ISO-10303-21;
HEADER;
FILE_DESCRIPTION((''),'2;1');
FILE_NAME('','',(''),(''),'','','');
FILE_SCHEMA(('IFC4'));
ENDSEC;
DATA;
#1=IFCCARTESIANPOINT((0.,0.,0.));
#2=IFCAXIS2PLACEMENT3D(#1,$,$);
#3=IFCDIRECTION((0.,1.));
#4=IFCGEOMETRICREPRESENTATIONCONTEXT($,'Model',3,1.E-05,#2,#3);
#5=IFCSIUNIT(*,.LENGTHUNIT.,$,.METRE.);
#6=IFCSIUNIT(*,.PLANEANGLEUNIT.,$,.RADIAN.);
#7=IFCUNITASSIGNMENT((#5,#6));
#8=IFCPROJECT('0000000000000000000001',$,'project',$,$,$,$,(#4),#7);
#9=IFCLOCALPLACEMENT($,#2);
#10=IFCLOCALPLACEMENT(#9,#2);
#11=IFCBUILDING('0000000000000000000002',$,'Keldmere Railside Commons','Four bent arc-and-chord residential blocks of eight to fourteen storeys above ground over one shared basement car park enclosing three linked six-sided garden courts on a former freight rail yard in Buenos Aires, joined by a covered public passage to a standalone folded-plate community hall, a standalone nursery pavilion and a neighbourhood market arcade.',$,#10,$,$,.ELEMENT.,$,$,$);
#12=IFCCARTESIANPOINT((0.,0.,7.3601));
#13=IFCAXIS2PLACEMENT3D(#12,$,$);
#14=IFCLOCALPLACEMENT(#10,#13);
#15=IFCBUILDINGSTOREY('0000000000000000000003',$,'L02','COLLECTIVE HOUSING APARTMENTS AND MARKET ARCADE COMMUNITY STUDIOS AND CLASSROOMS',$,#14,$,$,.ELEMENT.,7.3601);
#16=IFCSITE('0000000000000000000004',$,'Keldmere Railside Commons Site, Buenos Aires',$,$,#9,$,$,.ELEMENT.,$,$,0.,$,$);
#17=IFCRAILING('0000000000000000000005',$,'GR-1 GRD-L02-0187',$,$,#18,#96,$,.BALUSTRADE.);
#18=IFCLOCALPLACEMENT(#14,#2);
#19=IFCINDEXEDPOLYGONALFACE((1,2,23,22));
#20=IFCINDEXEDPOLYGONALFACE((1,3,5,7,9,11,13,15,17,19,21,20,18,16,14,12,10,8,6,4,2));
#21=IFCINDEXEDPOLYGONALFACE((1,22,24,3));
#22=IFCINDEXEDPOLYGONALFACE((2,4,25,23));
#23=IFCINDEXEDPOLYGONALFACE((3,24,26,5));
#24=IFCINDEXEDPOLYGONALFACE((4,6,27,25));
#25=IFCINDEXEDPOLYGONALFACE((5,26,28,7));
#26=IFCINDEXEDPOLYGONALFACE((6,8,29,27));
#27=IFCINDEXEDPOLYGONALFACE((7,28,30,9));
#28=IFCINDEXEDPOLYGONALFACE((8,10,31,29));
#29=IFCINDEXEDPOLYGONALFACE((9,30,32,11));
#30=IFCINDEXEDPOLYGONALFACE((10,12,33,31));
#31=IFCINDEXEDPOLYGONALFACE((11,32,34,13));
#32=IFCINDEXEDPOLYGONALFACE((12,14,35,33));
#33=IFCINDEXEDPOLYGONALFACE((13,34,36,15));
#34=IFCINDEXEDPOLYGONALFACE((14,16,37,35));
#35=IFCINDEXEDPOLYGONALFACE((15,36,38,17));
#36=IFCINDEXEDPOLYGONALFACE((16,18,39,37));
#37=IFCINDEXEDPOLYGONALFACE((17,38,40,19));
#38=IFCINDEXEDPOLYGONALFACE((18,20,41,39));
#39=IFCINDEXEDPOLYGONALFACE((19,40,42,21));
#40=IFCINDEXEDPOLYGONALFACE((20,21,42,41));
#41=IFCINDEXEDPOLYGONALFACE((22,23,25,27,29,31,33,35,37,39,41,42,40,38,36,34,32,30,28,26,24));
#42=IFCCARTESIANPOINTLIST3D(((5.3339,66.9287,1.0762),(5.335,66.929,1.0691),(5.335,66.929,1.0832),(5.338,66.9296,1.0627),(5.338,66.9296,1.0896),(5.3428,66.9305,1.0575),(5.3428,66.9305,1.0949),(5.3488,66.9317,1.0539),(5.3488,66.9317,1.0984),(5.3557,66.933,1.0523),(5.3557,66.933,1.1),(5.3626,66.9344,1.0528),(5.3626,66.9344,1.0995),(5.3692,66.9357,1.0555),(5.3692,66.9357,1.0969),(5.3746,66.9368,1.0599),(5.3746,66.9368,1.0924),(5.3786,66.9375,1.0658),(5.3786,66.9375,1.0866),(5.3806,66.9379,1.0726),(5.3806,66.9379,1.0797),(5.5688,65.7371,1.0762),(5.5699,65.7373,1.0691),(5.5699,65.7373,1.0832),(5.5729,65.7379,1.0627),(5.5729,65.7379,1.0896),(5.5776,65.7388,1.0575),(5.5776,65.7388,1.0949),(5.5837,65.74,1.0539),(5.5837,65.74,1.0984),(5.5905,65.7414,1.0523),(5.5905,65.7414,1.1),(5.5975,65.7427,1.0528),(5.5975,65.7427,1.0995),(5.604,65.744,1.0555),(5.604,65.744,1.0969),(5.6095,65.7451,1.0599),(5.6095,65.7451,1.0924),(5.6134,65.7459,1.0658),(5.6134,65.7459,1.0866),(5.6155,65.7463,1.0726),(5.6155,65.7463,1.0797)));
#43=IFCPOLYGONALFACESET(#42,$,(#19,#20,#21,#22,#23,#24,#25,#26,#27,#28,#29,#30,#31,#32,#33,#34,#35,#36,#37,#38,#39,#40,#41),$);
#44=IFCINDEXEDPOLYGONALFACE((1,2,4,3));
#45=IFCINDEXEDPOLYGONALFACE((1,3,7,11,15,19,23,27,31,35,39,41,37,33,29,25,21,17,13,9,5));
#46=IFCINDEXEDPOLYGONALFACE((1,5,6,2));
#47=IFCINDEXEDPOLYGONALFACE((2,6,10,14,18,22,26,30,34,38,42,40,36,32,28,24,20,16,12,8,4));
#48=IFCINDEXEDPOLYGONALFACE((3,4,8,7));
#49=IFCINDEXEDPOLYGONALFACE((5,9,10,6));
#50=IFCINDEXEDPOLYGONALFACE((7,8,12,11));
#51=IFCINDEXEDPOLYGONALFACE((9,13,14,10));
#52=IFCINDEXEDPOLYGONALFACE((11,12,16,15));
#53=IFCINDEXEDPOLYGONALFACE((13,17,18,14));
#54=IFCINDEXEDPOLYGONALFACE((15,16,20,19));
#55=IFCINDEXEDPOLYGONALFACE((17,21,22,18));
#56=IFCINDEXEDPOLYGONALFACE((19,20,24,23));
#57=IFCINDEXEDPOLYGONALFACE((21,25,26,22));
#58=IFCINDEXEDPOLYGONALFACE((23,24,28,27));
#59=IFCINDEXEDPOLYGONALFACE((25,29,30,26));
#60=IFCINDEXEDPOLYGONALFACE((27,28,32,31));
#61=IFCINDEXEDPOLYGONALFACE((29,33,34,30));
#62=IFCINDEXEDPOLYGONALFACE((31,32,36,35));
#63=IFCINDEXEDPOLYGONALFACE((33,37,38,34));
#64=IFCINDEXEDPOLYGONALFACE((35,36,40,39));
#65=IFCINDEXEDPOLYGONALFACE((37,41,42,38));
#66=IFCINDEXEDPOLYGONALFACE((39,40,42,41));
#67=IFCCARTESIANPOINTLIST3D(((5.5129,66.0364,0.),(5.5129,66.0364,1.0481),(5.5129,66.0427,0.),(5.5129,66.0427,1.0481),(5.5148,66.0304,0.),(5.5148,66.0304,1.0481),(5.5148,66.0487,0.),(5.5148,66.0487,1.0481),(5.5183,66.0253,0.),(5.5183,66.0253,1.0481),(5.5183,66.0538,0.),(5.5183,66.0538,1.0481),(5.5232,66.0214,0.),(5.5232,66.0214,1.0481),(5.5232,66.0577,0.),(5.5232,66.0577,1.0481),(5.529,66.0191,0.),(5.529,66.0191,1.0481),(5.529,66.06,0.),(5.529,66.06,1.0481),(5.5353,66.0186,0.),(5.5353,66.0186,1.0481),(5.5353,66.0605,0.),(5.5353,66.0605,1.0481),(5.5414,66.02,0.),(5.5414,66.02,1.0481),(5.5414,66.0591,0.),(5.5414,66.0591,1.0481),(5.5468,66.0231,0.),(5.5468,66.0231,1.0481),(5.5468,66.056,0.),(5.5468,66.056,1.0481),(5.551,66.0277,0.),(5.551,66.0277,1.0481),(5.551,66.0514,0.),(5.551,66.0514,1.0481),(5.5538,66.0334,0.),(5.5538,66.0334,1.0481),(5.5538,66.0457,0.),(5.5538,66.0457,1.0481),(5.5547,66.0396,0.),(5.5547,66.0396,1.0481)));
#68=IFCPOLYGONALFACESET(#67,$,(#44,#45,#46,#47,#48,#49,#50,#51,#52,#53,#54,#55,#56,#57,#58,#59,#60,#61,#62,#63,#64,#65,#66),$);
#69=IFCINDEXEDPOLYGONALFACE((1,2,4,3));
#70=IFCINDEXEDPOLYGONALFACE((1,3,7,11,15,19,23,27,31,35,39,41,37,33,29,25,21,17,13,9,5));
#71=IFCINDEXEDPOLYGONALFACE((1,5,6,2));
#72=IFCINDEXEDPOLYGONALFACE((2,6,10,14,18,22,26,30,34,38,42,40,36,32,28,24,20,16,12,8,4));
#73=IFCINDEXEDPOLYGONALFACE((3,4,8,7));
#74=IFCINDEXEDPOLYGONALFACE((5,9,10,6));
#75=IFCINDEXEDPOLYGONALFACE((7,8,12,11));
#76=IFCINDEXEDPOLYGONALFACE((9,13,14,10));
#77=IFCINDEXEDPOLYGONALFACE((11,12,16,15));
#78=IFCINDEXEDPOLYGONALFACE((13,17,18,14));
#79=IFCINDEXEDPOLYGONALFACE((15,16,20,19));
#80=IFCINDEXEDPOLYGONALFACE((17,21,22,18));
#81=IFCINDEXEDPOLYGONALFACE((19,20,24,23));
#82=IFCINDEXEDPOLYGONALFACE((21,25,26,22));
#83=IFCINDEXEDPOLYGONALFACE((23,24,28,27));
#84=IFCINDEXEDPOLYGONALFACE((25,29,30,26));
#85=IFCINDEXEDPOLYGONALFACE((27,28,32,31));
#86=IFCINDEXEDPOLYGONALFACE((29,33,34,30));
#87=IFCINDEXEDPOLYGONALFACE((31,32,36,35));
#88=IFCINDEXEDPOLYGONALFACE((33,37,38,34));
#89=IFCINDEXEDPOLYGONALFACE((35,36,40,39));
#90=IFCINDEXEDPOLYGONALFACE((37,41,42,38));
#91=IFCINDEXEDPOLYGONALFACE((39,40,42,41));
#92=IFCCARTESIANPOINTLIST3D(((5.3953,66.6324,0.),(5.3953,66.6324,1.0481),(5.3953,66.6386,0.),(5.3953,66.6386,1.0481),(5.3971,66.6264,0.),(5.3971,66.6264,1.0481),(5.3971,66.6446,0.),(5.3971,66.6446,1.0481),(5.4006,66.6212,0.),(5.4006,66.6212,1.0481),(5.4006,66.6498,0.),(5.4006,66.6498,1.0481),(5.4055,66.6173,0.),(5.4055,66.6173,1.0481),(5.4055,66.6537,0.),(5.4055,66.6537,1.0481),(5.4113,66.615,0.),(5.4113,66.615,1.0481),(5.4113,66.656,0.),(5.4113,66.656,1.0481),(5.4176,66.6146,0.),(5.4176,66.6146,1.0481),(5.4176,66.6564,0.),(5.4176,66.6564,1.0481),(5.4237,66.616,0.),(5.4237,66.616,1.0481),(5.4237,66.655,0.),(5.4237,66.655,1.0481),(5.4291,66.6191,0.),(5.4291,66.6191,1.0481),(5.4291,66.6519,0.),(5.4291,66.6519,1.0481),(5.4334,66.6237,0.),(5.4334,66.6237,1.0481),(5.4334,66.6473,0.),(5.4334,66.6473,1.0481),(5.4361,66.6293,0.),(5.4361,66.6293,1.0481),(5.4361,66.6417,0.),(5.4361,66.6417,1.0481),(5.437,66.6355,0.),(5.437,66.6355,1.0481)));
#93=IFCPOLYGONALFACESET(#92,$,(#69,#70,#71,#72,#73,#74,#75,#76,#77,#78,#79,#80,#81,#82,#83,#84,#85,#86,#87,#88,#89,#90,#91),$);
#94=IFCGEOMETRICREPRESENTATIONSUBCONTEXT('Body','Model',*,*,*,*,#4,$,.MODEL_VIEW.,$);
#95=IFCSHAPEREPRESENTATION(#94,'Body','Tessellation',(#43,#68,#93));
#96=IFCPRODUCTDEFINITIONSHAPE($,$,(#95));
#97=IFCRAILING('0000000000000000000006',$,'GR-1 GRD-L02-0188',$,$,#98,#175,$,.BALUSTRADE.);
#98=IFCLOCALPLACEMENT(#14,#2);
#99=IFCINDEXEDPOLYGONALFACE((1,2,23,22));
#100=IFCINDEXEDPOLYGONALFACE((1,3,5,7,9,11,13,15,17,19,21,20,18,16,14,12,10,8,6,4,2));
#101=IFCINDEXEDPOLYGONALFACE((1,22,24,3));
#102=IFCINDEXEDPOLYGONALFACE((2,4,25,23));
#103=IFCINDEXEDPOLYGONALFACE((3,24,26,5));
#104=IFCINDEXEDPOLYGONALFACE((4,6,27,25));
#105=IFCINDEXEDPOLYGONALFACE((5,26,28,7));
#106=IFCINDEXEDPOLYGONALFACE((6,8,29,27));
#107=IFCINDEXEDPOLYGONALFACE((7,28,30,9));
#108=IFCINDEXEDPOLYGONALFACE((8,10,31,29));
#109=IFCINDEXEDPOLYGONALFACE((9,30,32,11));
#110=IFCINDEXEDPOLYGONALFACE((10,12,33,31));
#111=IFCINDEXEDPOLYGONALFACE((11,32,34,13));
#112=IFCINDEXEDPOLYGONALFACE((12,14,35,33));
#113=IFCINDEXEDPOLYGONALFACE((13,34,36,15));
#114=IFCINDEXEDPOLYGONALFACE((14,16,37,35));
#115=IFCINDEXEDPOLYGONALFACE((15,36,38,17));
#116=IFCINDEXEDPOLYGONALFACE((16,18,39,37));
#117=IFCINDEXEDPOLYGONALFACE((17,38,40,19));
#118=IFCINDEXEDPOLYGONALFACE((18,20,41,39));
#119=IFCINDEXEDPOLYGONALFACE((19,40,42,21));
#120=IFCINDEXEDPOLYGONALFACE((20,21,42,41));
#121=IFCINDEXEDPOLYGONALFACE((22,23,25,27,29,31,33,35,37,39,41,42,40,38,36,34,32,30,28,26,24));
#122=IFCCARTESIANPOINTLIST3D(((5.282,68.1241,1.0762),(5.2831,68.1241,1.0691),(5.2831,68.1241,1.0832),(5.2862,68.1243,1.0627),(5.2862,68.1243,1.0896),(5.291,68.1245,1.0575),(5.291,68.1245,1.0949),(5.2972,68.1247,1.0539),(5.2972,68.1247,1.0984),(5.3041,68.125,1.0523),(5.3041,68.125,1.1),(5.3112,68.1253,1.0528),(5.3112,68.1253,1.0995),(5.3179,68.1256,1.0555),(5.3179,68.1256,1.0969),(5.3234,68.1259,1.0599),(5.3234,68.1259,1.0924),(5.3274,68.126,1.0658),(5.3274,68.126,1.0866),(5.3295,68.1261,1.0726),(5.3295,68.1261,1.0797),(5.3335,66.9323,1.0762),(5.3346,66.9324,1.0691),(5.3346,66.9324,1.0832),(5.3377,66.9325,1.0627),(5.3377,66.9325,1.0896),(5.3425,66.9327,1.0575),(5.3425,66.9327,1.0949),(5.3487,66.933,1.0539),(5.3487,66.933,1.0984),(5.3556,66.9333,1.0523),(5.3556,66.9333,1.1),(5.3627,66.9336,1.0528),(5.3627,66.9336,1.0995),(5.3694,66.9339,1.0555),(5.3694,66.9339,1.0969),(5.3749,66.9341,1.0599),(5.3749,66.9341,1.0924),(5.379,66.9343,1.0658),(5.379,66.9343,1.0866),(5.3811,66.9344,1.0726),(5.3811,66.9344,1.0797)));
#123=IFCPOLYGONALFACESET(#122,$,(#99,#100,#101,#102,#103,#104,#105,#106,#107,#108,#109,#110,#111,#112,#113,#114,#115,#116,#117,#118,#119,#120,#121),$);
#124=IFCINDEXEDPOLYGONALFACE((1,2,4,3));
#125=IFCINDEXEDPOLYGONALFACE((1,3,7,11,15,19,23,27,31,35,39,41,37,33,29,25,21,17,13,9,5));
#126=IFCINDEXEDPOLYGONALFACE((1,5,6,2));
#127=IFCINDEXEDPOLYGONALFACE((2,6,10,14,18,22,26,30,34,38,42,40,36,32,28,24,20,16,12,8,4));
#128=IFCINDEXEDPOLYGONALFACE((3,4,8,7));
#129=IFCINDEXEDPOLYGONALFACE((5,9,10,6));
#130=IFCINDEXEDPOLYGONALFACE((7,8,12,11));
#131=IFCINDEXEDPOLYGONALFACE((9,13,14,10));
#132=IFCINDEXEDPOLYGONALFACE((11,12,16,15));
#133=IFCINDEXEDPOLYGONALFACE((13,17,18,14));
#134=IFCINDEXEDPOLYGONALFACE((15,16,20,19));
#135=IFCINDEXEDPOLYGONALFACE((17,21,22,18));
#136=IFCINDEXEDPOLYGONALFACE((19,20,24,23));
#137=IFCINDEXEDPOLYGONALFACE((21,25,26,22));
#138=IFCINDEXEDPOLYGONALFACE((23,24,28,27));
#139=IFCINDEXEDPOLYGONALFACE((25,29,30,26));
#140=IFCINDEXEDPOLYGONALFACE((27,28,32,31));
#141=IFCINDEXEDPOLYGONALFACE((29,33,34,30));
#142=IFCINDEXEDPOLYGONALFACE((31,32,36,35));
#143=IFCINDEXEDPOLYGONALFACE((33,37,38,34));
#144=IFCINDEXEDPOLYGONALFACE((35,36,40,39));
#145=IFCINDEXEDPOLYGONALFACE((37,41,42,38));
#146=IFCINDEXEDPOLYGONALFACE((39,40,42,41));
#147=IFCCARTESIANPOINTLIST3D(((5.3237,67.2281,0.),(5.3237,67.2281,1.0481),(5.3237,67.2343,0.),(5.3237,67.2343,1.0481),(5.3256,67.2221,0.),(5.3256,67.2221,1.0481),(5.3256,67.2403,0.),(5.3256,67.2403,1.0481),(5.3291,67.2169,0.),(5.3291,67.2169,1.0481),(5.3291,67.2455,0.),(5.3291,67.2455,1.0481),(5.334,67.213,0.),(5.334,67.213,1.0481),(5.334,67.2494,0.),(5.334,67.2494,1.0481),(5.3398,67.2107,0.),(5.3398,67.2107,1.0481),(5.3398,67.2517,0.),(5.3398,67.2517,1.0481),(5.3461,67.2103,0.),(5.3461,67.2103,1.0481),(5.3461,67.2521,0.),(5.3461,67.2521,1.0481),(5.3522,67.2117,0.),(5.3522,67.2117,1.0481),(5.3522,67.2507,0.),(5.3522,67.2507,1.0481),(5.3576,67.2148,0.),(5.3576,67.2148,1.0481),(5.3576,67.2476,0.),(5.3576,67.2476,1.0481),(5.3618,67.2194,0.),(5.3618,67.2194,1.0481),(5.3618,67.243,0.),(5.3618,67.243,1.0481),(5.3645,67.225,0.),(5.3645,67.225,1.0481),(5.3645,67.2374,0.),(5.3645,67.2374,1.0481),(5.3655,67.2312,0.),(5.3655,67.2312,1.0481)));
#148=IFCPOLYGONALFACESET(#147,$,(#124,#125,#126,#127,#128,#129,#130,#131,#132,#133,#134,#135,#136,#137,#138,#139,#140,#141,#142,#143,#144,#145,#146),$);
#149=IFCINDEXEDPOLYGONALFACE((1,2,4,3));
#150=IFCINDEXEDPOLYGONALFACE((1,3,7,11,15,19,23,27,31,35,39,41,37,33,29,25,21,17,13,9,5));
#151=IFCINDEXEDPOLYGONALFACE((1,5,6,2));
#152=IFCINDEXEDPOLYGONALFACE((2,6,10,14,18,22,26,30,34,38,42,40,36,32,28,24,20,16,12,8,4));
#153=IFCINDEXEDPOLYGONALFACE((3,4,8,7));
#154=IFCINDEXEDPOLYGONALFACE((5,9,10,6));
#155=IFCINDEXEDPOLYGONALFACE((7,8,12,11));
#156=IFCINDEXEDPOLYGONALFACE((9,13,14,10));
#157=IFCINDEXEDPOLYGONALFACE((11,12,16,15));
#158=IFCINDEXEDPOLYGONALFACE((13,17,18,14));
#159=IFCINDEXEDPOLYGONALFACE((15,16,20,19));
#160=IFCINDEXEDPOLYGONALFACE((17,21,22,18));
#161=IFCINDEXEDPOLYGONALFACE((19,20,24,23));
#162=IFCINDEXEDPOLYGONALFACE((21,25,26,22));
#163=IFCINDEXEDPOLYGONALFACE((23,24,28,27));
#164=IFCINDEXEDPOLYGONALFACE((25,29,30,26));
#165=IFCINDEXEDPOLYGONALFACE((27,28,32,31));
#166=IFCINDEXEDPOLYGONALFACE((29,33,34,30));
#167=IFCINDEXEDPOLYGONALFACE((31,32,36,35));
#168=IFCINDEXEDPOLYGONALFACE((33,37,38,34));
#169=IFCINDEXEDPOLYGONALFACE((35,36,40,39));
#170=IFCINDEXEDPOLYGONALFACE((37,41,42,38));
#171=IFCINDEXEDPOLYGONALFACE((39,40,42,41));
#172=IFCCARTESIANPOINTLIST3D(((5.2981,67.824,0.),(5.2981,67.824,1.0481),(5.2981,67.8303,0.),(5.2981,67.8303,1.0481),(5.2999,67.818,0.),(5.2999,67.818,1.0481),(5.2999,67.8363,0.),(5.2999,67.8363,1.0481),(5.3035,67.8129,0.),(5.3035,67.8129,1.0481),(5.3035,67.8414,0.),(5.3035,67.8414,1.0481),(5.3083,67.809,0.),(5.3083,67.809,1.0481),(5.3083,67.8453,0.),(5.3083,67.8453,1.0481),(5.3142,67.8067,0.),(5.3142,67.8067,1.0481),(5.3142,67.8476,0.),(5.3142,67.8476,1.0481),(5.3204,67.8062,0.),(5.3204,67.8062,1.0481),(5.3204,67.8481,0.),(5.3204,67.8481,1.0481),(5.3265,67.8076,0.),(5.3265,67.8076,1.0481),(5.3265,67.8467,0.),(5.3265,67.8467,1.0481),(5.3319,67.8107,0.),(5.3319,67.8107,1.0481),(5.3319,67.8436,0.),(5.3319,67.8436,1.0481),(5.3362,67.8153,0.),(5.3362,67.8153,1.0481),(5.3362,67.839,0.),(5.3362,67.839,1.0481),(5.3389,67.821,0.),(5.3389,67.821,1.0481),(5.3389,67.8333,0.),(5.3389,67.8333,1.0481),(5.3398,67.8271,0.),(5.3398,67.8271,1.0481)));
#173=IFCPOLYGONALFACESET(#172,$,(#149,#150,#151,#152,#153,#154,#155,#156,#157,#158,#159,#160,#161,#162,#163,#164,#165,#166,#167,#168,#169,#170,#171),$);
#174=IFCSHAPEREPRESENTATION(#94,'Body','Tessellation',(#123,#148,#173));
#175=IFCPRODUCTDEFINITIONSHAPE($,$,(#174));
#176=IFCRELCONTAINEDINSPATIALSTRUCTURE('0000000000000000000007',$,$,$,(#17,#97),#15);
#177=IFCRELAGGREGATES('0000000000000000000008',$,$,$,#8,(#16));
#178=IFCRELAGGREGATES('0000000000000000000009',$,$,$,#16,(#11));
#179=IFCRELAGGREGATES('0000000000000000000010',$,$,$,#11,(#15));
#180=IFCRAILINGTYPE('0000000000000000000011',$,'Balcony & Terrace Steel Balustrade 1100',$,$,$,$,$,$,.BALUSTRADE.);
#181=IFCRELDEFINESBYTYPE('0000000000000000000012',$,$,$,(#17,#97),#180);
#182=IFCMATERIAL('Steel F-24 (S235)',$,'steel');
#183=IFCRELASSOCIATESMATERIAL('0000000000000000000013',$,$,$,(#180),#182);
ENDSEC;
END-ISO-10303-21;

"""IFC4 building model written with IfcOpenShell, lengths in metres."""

from ifc_helpers import new_model, si_unit, direction, frame, origin, origin_2d, place, context, subcontext, project, spatial, circle, extrude, material, type_object, element, save


model = new_model("IFC4")

# Units and contexts
model_context = context("Model", 3, precision=1e-05, world=origin(), true_north=direction((0.0, 1.0)))
body_context = subcontext(model_context, "Body", "Model", "MODEL_VIEW")
ifc_project = project(units=[si_unit("LENGTHUNIT", "METRE"), si_unit("PLANEANGLEUNIT", "RADIAN")], contexts=[model_context])

# Site, building, storey
site_placement = place(None, origin())
site = spatial("IfcSite", under=ifc_project, at=site_placement, Name="Keldmere Railside Commons Site, Buenos Aires", CompositionType="ELEMENT", RefElevation=0.0)
building_placement = place(site_placement, origin())
building = spatial("IfcBuilding", under=site, at=building_placement, Name="Keldmere Railside Commons", Description="Four bent arc-and-chord residential blocks of eight to fourteen storeys above ground over one shared basement car park enclosing three linked six-sided garden courts on a former freight rail yard in Buenos Aires, joined by a covered public passage to a standalone folded-plate community hall, a standalone nursery pavilion and a neighbourhood market arcade.", CompositionType="ELEMENT")
storey_placement = place(building_placement, frame((0.0, 0.0, 7.3601)))
storey = spatial("IfcBuildingStorey", under=building, at=storey_placement, Name="L02", Description="COLLECTIVE HOUSING APARTMENTS AND MARKET ARCADE COMMUNITY STUDIOS AND CLASSROOMS", CompositionType="ELEMENT", Elevation=7.3601)

# Railings
ifc_material_1 = material(Name="Steel F-24 (S235)", Category="steel")
railing_type = type_object("IfcRailingType", Name="Balcony & Terrace Steel Balustrade 1100", PredefinedType="BALUSTRADE", material=ifc_material_1)
railing_1_placement = place(storey_placement, frame((5.5923, 65.7417, 0.0)))
element("IfcRailing", 1, at=railing_1_placement, inside=storey, type_object=railing_type, Name="GR-1 GRD-L02-0187", PredefinedType="BALUSTRADE", context=body_context, shape_type="SweptSolid", body=[
    extrude(circle(Radius=0.0239, at=origin_2d()), frame((0.0, 0.0, 1.0762), z_axis=(-0.193371, 0.981126, 0.0), x_axis=(-0.981126, -0.193371, 0.0)), (0.0, 0.0, 1.0), 1.2146),
    extrude(circle(Radius=0.021, at=origin_2d()), frame((-0.0586, 0.2979, 0.0)), (0.0, 0.0, 1.0), 1.0481),
    extrude(circle(Radius=0.021, at=origin_2d()), frame((-0.1763, 0.8938, 0.0)), (0.0, 0.0, 1.0), 1.0481),
])
railing_2_placement = place(storey_placement, frame((5.3574, 66.9333, 0.0)))
element("IfcRailing", 2, at=railing_2_placement, inside=storey, type_object=railing_type, Name="GR-1 GRD-L02-0188", PredefinedType="BALUSTRADE", context=body_context, shape_type="SweptSolid", body=[
    extrude(circle(Radius=0.0239, at=origin_2d()), frame((0.0, 0.0, 1.0762), z_axis=(-0.043189, 0.999067, 0.0), x_axis=(-0.999067, -0.043189, 0.0)), (0.0, 0.0, 1.0), 1.1929),
    extrude(circle(Radius=0.021, at=origin_2d()), frame((-0.0129, 0.2979, 0.0)), (0.0, 0.0, 1.0), 1.0481),
    extrude(circle(Radius=0.021, at=origin_2d()), frame((-0.0386, 0.8938, 0.0)), (0.0, 0.0, 1.0), 1.0481),
])

save(model, "model.ifc")
